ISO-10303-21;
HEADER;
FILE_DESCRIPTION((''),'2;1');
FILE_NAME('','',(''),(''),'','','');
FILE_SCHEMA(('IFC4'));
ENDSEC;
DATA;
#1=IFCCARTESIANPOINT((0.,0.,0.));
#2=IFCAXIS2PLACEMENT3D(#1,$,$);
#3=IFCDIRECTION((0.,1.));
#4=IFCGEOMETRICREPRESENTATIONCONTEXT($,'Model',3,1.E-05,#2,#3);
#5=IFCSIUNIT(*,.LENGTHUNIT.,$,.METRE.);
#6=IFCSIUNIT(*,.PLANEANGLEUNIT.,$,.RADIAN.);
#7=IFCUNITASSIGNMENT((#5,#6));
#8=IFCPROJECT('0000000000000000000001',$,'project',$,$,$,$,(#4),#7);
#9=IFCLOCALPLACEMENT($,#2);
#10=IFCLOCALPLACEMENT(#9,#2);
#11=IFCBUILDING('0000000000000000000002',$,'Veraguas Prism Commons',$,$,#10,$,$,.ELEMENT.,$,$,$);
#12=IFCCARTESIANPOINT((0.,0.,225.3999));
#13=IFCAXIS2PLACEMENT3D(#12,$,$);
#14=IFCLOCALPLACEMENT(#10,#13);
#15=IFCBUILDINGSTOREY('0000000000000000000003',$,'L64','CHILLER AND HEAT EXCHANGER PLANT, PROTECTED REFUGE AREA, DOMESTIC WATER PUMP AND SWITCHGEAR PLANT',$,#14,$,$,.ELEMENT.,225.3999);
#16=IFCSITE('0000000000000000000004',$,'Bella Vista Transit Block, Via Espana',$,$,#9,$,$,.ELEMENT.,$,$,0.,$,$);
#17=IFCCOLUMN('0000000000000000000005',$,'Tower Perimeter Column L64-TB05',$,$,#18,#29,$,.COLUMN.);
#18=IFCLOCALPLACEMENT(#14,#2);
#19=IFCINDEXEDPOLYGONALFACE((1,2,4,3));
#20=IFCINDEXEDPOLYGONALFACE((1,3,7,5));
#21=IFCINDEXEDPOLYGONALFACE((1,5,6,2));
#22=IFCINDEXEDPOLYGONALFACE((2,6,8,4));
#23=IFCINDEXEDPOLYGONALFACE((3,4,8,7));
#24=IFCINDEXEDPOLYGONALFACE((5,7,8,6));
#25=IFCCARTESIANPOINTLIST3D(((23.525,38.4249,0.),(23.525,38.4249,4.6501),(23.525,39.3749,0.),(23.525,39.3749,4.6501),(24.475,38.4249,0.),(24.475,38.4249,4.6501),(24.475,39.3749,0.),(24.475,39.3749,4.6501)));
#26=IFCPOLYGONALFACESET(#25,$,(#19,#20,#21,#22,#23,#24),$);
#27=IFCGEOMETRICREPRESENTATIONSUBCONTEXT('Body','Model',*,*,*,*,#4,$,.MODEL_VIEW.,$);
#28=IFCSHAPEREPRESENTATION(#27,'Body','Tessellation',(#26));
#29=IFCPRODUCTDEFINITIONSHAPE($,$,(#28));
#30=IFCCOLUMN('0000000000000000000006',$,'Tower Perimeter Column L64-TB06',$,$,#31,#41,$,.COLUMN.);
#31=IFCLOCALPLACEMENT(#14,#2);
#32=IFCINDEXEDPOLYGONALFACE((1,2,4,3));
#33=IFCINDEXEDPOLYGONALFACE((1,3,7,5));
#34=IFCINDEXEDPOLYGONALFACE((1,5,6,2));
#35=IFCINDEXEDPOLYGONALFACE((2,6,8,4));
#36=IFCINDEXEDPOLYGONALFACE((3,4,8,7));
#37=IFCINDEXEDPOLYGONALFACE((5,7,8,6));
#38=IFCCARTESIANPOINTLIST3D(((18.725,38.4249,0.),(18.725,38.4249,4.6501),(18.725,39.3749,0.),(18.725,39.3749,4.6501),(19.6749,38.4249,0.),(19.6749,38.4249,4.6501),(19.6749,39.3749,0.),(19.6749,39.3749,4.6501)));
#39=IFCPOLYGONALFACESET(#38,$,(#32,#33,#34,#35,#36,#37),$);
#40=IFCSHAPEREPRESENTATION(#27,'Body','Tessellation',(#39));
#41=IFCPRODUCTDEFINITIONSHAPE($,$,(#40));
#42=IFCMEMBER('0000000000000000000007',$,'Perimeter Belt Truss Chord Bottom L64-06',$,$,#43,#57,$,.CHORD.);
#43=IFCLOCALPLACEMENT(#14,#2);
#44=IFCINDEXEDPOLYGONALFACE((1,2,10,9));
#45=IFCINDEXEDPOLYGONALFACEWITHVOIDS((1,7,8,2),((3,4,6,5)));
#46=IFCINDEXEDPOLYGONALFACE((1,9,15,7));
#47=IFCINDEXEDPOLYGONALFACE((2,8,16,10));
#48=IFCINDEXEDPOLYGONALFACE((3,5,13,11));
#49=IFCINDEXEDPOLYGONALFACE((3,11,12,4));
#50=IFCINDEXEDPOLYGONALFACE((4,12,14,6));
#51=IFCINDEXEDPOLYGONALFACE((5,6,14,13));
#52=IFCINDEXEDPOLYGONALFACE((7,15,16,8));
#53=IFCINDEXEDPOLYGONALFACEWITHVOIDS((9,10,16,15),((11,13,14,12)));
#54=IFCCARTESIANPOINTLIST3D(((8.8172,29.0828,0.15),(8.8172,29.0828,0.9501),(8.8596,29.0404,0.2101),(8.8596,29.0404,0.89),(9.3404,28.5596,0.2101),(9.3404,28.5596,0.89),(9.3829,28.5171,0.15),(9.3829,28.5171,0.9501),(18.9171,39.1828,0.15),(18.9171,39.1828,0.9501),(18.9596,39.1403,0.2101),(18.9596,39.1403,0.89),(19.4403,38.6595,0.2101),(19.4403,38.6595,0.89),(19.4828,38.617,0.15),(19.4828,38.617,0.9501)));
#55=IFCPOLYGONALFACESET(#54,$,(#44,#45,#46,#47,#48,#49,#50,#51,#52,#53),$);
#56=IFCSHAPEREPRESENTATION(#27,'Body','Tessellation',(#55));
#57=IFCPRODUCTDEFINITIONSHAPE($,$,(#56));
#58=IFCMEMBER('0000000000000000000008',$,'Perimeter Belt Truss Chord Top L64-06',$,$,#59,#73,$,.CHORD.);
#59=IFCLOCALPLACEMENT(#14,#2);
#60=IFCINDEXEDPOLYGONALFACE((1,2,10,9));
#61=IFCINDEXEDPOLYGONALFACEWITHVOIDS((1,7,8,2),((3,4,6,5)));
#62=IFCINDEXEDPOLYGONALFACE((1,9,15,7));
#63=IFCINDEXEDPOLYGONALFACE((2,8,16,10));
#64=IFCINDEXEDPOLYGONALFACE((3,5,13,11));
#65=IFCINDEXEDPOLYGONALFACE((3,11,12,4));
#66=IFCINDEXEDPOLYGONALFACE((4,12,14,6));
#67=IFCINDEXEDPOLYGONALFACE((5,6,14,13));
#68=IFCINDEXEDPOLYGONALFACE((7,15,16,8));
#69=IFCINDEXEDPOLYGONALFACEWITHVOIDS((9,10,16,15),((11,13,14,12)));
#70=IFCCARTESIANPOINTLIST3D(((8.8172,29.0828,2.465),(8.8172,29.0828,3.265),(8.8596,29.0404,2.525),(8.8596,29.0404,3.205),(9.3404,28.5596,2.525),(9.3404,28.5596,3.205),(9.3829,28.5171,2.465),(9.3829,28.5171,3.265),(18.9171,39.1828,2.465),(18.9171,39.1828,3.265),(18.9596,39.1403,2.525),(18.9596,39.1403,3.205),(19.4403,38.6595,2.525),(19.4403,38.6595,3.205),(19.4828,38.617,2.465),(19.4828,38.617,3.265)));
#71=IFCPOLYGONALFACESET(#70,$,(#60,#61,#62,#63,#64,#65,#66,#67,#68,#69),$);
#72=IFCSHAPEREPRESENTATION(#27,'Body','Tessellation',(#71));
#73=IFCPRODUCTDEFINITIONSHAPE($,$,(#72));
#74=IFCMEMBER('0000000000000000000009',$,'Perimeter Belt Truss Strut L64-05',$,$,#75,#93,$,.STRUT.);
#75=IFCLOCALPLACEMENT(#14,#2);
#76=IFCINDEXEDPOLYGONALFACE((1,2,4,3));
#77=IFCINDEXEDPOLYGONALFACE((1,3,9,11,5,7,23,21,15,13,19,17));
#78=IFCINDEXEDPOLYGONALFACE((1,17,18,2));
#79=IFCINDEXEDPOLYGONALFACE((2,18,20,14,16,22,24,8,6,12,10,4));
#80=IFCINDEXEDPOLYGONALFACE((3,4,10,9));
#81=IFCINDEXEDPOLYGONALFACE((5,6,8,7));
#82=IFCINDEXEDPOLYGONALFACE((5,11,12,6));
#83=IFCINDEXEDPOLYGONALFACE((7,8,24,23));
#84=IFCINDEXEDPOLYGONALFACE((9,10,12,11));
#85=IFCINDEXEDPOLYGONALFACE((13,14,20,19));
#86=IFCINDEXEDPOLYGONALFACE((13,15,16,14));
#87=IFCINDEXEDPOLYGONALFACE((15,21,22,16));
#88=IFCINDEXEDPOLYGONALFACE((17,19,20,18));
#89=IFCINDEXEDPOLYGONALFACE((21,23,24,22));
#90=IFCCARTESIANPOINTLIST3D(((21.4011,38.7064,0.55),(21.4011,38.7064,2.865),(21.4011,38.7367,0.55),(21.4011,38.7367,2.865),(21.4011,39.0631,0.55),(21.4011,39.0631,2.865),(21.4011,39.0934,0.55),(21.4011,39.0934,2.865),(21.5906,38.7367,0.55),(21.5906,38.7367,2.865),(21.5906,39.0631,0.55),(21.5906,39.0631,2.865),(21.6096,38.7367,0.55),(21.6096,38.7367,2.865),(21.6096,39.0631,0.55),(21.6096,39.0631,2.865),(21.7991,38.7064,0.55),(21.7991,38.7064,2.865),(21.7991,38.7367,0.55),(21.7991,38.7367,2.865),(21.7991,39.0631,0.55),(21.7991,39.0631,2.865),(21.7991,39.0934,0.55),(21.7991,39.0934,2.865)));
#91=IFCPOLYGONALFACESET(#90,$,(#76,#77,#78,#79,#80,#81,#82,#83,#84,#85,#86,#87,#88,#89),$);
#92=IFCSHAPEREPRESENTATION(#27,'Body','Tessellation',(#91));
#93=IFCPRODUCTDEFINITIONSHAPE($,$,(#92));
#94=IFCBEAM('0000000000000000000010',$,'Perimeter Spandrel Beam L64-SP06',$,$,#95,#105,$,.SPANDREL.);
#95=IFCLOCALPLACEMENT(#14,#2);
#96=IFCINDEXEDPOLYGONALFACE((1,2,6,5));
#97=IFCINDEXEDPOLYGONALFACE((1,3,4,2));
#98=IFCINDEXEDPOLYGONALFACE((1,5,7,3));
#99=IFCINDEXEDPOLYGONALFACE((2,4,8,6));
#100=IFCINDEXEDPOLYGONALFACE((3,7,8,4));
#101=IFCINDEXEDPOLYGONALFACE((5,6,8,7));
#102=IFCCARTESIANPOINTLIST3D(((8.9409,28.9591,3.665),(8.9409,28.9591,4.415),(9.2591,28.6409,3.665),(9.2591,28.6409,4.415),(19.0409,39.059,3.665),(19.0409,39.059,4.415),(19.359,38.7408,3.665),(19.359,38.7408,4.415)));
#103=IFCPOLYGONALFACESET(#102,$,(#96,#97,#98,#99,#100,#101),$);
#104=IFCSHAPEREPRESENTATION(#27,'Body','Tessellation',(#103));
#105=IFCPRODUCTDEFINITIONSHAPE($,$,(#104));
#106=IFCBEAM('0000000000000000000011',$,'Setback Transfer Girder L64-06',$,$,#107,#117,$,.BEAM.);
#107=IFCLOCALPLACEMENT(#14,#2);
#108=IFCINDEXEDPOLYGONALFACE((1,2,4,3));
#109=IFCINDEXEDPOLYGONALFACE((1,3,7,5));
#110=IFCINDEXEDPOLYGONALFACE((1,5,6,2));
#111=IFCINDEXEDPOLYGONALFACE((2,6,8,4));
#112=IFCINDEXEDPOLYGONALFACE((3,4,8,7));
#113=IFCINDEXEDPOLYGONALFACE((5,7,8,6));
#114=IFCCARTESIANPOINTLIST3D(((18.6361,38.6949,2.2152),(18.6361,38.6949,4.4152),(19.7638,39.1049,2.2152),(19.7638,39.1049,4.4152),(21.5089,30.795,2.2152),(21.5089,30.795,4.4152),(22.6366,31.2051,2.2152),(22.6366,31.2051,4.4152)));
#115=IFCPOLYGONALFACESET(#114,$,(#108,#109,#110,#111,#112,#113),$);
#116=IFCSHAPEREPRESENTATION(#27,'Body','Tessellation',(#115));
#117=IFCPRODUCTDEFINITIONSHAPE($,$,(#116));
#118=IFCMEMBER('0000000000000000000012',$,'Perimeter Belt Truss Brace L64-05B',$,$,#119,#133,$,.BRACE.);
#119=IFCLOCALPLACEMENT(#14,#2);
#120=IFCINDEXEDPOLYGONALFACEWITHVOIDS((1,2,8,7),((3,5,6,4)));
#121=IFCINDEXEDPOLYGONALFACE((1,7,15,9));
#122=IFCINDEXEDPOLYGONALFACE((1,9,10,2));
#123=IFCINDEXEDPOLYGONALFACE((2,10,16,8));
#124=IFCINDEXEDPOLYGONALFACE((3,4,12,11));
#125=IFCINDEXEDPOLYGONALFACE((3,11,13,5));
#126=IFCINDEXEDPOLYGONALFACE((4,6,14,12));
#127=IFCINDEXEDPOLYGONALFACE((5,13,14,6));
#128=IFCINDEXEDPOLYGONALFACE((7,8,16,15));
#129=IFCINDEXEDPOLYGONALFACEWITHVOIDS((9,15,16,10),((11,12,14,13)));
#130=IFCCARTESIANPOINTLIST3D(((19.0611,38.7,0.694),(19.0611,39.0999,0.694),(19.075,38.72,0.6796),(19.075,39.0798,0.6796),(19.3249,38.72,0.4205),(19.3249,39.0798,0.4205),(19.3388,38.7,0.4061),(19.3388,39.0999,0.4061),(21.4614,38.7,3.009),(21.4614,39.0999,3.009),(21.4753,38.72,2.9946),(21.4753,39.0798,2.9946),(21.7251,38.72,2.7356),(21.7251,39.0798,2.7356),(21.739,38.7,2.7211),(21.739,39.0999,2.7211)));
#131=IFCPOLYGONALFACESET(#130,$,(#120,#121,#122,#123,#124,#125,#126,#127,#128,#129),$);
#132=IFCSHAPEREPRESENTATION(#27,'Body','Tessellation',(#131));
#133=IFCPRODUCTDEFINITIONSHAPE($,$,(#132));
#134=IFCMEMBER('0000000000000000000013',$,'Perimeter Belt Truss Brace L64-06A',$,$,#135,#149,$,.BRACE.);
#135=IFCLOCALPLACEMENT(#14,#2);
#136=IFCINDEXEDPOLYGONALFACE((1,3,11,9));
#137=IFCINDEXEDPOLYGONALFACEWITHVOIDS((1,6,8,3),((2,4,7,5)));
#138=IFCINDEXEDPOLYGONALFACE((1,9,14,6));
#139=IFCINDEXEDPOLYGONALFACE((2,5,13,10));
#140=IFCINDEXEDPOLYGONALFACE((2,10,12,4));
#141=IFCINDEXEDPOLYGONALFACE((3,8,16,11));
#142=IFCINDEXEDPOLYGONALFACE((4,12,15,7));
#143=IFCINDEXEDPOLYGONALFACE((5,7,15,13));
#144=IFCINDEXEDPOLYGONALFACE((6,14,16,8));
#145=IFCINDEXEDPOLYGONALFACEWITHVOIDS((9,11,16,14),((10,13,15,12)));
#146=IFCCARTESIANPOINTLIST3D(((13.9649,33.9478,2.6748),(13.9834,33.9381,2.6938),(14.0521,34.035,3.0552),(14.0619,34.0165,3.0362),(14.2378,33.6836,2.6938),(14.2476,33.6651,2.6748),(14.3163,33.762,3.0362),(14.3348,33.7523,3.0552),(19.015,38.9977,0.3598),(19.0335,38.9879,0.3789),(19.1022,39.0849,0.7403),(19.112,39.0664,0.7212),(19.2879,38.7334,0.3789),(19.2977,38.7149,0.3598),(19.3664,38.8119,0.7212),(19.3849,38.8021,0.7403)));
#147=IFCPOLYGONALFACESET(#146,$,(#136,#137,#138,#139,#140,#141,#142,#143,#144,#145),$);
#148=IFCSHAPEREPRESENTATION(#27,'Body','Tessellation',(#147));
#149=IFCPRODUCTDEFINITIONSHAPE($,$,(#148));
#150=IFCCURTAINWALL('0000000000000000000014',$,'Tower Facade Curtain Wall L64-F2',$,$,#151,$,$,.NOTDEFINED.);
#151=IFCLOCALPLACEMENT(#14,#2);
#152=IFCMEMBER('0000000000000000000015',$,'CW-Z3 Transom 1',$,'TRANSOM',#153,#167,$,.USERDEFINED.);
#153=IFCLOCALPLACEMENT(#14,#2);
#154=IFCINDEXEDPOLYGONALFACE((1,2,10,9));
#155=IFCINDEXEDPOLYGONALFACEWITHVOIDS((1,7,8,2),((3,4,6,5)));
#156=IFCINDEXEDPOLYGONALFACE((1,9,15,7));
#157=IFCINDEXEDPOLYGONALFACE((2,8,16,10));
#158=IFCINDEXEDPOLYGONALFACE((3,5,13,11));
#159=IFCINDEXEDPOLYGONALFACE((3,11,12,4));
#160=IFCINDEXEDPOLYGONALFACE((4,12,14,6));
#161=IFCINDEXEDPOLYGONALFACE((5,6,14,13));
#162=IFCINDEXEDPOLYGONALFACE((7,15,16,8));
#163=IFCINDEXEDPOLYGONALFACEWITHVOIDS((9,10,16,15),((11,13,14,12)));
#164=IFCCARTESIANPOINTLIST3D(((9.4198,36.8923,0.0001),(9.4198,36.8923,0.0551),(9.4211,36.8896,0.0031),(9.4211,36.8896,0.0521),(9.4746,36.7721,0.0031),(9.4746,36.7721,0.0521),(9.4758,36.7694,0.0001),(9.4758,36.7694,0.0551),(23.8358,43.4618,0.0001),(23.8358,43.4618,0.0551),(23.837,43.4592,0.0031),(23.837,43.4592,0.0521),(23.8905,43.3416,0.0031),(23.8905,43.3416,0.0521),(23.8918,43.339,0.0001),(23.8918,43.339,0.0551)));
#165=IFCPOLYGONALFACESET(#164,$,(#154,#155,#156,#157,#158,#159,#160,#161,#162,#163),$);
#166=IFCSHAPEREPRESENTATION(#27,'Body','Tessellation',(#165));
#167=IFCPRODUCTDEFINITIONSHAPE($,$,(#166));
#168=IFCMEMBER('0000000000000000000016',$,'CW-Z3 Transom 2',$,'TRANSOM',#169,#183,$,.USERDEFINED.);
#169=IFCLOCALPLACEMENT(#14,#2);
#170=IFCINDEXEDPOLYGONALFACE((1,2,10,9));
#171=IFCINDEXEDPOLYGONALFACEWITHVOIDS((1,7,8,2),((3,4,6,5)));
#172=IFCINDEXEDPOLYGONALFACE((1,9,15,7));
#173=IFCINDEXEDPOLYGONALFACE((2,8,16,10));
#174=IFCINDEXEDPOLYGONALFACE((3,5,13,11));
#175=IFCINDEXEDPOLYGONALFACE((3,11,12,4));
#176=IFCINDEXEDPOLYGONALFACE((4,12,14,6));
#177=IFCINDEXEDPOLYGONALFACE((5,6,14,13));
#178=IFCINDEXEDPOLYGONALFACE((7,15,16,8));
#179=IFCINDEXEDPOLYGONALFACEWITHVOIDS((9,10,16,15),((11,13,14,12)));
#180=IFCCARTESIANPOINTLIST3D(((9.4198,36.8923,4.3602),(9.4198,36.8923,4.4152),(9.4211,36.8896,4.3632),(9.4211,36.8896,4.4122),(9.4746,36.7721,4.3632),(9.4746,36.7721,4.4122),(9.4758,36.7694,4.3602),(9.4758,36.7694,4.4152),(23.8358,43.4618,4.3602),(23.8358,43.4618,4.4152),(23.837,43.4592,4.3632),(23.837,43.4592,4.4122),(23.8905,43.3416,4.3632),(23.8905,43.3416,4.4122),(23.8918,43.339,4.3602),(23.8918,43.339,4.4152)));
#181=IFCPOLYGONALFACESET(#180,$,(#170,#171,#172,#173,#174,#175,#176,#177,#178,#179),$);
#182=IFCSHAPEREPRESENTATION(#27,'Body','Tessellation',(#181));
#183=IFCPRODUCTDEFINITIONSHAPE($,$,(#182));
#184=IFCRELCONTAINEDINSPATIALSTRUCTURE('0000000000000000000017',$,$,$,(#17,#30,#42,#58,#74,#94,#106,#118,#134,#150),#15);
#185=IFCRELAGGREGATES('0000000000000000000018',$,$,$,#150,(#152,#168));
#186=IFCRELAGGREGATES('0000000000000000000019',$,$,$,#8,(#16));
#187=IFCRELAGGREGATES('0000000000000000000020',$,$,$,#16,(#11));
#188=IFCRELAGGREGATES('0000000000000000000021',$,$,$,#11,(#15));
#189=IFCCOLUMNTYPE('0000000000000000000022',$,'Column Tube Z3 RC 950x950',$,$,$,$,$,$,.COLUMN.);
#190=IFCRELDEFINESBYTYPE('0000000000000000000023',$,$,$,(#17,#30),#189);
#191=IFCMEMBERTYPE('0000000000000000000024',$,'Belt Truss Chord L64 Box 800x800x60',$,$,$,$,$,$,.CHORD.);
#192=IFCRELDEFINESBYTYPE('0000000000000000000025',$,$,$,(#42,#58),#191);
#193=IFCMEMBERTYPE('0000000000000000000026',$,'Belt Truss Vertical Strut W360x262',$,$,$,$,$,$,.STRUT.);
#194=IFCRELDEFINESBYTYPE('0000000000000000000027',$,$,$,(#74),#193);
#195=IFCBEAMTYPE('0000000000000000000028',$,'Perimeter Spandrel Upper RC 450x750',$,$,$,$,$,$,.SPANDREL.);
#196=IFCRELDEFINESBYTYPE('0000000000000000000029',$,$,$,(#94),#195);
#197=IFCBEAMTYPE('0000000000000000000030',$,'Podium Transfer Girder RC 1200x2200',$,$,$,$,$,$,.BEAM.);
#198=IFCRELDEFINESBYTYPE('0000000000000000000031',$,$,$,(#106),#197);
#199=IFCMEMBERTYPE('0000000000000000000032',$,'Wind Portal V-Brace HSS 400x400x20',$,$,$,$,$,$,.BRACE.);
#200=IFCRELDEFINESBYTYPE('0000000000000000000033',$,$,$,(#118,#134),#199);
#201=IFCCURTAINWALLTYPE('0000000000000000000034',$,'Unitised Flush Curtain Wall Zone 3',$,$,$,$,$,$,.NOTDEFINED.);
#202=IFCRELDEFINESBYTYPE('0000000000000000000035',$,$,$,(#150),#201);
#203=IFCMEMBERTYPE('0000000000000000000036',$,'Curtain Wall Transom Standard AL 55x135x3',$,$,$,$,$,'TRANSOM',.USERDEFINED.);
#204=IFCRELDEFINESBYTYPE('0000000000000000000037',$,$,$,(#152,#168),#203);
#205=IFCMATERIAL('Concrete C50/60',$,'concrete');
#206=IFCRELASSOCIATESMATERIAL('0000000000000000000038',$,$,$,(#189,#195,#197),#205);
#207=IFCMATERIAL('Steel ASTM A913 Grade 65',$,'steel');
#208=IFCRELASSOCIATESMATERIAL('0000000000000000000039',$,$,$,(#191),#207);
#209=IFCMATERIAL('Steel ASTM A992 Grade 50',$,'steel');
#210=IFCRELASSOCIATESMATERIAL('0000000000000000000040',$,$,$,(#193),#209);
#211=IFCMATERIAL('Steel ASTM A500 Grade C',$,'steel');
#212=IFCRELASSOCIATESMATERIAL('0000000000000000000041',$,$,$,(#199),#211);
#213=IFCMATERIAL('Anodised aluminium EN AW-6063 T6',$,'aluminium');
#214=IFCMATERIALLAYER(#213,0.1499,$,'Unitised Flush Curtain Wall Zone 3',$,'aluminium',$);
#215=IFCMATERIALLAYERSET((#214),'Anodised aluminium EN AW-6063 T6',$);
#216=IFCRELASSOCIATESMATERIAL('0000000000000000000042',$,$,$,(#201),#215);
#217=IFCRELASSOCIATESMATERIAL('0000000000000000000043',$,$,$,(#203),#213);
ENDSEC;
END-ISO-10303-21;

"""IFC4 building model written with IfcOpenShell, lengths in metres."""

from ifc_helpers import new_model, si_unit, direction, frame, origin, origin_2d, place, context, subcontext, project, spatial, rectangle, hollow_rectangle, i_section, extrude, source, transform, mapped, material, layer, layer_set, material_profile, profile_set, type_object, element, aggregate, save


model = new_model("IFC4")

# Units and contexts
model_context = context("Model", 3, precision=1e-05, world=origin(), true_north=direction((0.0, 1.0)))
body_context = subcontext(model_context, "Body", "Model", "MODEL_VIEW")
ifc_project = project(units=[si_unit("LENGTHUNIT", "METRE"), si_unit("PLANEANGLEUNIT", "RADIAN")], contexts=[model_context])

# Site, building, storey
site_placement = place(None, origin())
site = spatial("IfcSite", under=ifc_project, at=site_placement, Name="Bella Vista Transit Block, Via Espana", CompositionType="ELEMENT", RefElevation=0.0)
building_placement = place(site_placement, origin())
building = spatial("IfcBuilding", under=site, at=building_placement, Name="Veraguas Prism Commons", CompositionType="ELEMENT")
storey_placement = place(building_placement, frame((0.0, 0.0, 225.3999)))
storey = spatial("IfcBuildingStorey", under=building, at=storey_placement, Name="L64", Description="CHILLER AND HEAT EXCHANGER PLANT, PROTECTED REFUGE AREA, DOMESTIC WATER PUMP AND SWITCHGEAR PLANT", CompositionType="ELEMENT", Elevation=225.3999)

# Columns
ifc_material_1 = material(Name="Concrete C50/60", Category="concrete")
ifc_material_profile_1 = material_profile(ifc_material_1, rectangle(XDim=0.95, YDim=0.95, at=origin_2d()), Name="RC950X950")
ifc_profile_set_1 = profile_set([ifc_material_profile_1], Name="Concrete C50/60")
column_type = type_object("IfcColumnType", Name="Column Tube Z3 RC 950x950", PredefinedType="COLUMN", material=ifc_profile_set_1)
for number, where, z_axis, x_axis, name in (
    (1, (24.0, 38.8999, 0.0), (0.0, 0.0, 1.0), (1.0, 0.0, 0.0), "Tower Perimeter Column L64-TB05"),
    (2, (19.2, 38.8999, 0.0), (0.0, 0.0, 1.0), (1.0, 0.0, 0.0), "Tower Perimeter Column L64-TB06"),
):
    element("IfcColumn", number, at=place(storey_placement, frame(where, z_axis=z_axis, x_axis=x_axis)), inside=storey, type_object=column_type, Name=name, PredefinedType="COLUMN", context=body_context, shape_type="SweptSolid", body=[
        extrude(rectangle(XDim=0.95, YDim=0.95, at=origin_2d()), origin(), (0.0, 0.0, 1.0), 4.6501),
    ])

# Members
ifc_material_2 = material(Name="Steel ASTM A913 Grade 65", Category="steel")
ifc_material_profile_2 = material_profile(ifc_material_2, hollow_rectangle(XDim=0.8, YDim=0.8, WallThickness=0.0601, at=origin_2d()), Name="BOX800X800X60")
ifc_profile_set_2 = profile_set([ifc_material_profile_2], Name="Steel ASTM A913 Grade 65")
member_type_1 = type_object("IfcMemberType", Name="Belt Truss Chord L64 Box 800x800x60", PredefinedType="CHORD", material=ifc_profile_set_2)
for number, where, z_axis, x_axis, name in (
    (3, (19.2, 38.8999, 0.55), (-0.707107, -0.707107, 0.0), (0.707107, -0.707107, 0.0), "Perimeter Belt Truss Chord Bottom L64-06"),
    (4, (19.2, 38.8999, 2.865), (-0.707107, -0.707107, 0.0), (0.707107, -0.707107, 0.0), "Perimeter Belt Truss Chord Top L64-06"),
):
    element("IfcMember", number, at=place(storey_placement, frame(where, z_axis=z_axis, x_axis=x_axis)), inside=storey, type_object=member_type_1, Name=name, PredefinedType="CHORD", context=body_context, shape_type="SweptSolid", body=[
        extrude(hollow_rectangle(XDim=0.8, YDim=0.8, WallThickness=0.0601, at=origin_2d()), origin(), (0.0, 0.0, 1.0), 14.2834),
    ])
ifc_material_3 = material(Name="Steel ASTM A992 Grade 50", Category="steel")
ifc_material_profile_3 = material_profile(ifc_material_3, i_section(OverallWidth=0.3979, OverallDepth=0.387, WebThickness=0.019, FlangeThickness=0.0303, at=origin_2d()), Name="W360X262")
ifc_profile_set_3 = profile_set([ifc_material_profile_3], Name="Steel ASTM A992 Grade 50")
member_type_2 = type_object("IfcMemberType", Name="Belt Truss Vertical Strut W360x262", PredefinedType="STRUT", material=ifc_profile_set_3)
member_1_placement = place(storey_placement, frame((21.6001, 38.8999, 0.55), z_axis=(0.0, 0.0, 1.0), x_axis=(-1.0, 0.0, 0.0)))
element("IfcMember", 5, at=member_1_placement, inside=storey, type_object=member_type_2, Name="Perimeter Belt Truss Strut L64-05", PredefinedType="STRUT", context=body_context, shape_type="SweptSolid", body=[
    extrude(i_section(OverallWidth=0.3979, OverallDepth=0.387, WebThickness=0.019, FlangeThickness=0.0303, at=origin_2d()), origin(), (0.0, 0.0, 1.0), 2.3149),
])

# Beams
ifc_material_profile_4 = material_profile(ifc_material_1, rectangle(XDim=0.45, YDim=0.75, at=origin_2d()), Name="RC450X750")
ifc_profile_set_4 = profile_set([ifc_material_profile_4], Name="Concrete C50/60")
beam_type_1 = type_object("IfcBeamType", Name="Perimeter Spandrel Upper RC 450x750", PredefinedType="SPANDREL", material=ifc_profile_set_4)
beam_1_placement = place(storey_placement, frame((19.2, 38.8999, 4.04), z_axis=(-0.707107, -0.707107, 0.0), x_axis=(0.707107, -0.707107, 0.0)))
element("IfcBeam", 6, at=beam_1_placement, inside=storey, type_object=beam_type_1, Name="Perimeter Spandrel Beam L64-SP06", PredefinedType="SPANDREL", context=body_context, shape_type="SweptSolid", body=[
    extrude(rectangle(XDim=0.45, YDim=0.75, at=origin_2d()), origin(), (0.0, 0.0, 1.0), 14.2834),
])
ifc_material_profile_5 = material_profile(ifc_material_1, rectangle(XDim=1.2, YDim=2.2, at=origin_2d()), Name="RC1200X2200")
ifc_profile_set_5 = profile_set([ifc_material_profile_5], Name="Concrete C50/60")
beam_type_2 = type_object("IfcBeamType", Name="Podium Transfer Girder RC 1200x2200", PredefinedType="BEAM", material=ifc_profile_set_5)
beam_2_placement = place(storey_placement, frame((19.2, 38.8999, 3.3152), z_axis=(0.341755, -0.939789, 0.0), x_axis=(0.939789, 0.341755, 0.0)))
element("IfcBeam", 7, at=beam_2_placement, inside=storey, type_object=beam_type_2, Name="Setback Transfer Girder L64-06", PredefinedType="BEAM", context=body_context, shape_type="SweptSolid", body=[
    extrude(rectangle(XDim=1.2, YDim=2.2, at=origin_2d()), origin(), (0.0, 0.0, 1.0), 8.406),
])

# Members
ifc_material_4 = material(Name="Steel ASTM A500 Grade C", Category="steel")
ifc_material_profile_6 = material_profile(ifc_material_4, hollow_rectangle(XDim=0.3999, YDim=0.3999, WallThickness=0.02, at=origin_2d()), Name="HSS400X400X20")
ifc_profile_set_6 = profile_set([ifc_material_profile_6], Name="Steel ASTM A500 Grade C")
member_type_3 = type_object("IfcMemberType", Name="Wind Portal V-Brace HSS 400x400x20", PredefinedType="BRACE", material=ifc_profile_set_6)
member_2_placement = place(storey_placement, frame((19.2, 38.8999, 0.55), z_axis=(0.719767, 0.0, 0.694216), x_axis=(0.0, 1.0, 0.0)))
element("IfcMember", 8, at=member_2_placement, inside=storey, type_object=member_type_3, Name="Perimeter Belt Truss Brace L64-05B", PredefinedType="BRACE", context=body_context, shape_type="SweptSolid", body=[
    extrude(hollow_rectangle(XDim=0.3999, YDim=0.3999, WallThickness=0.02, at=origin_2d()), origin(), (0.0, 0.0, 1.0), 3.3347),
])
member_3_placement = place(storey_placement, frame((19.2, 38.8999, 0.55), z_axis=(-0.672668, -0.672635, 0.308351), x_axis=(0.70709, -0.707124, 0.0)))
element("IfcMember", 9, at=member_3_placement, inside=storey, type_object=member_type_3, Name="Perimeter Belt Truss Brace L64-06A", PredefinedType="BRACE", context=body_context, shape_type="SweptSolid", body=[
    extrude(hollow_rectangle(XDim=0.3999, YDim=0.3999, WallThickness=0.02, at=origin_2d()), origin(), (0.0, 0.0, 1.0), 7.5076),
])

# Curtain wall, members
ifc_material_5 = material(Name="Anodised aluminium EN AW-6063 T6", Category="aluminium")
ifc_layer_1 = layer(ifc_material_5, 0.1499, Name="Unitised Flush Curtain Wall Zone 3", Category="aluminium")
ifc_layer_set_1 = layer_set([ifc_layer_1], Name="Anodised aluminium EN AW-6063 T6")
curtain_wall_type = type_object("IfcCurtainWallType", Name="Unitised Flush Curtain Wall Zone 3", PredefinedType="NOTDEFINED", material=ifc_layer_set_1)
curtain_wall_placement = place(storey_placement, origin())
curtain_wall = element("IfcCurtainWall", 10, at=curtain_wall_placement, inside=storey, type_object=curtain_wall_type, Name="Tower Facade Curtain Wall L64-F2", PredefinedType="NOTDEFINED")
ifc_material_profile_7 = material_profile(ifc_material_5, hollow_rectangle(XDim=0.0549, YDim=0.135, WallThickness=0.0029, at=origin_2d()), Name="AL55X135X3")
ifc_profile_set_7 = profile_set([ifc_material_profile_7], Name="Anodised aluminium EN AW-6063 T6")
member_type_4 = type_object("IfcMemberType", Name="Curtain Wall Transom Standard AL 55x135x3", ElementType="TRANSOM", PredefinedType="USERDEFINED", material=ifc_profile_set_7)
shared_shape_1 = source(origin(), body_context, "Body", "SweptSolid", [
    extrude(hollow_rectangle(XDim=0.0549, YDim=0.135, WallThickness=0.0029, at=origin_2d()), origin(), (0.0, 0.0, 1.0), 15.8423),
])
member_4_placement = place(storey_placement, frame((23.8638, 43.4004, 0.0276), z_axis=(-0.909965, -0.414684, 0.0), x_axis=(0.0, 0.0, 1.0)))
member_4 = element("IfcMember", 11, at=member_4_placement, type_object=member_type_4, Name="CW-Z3 Transom 1", ObjectType="TRANSOM", PredefinedType="USERDEFINED", context=body_context, shape_type="MappedRepresentation", body=[
    mapped(shared_shape_1, transform((0.0, 0.0, 0.0), scale=1.0)),
])
member_5_placement = place(storey_placement, frame((23.8638, 43.4004, 4.3877), z_axis=(-0.909965, -0.414684, 0.0), x_axis=(0.0, 0.0, 1.0)))
member_5 = element("IfcMember", 12, at=member_5_placement, type_object=member_type_4, Name="CW-Z3 Transom 2", ObjectType="TRANSOM", PredefinedType="USERDEFINED", context=body_context, shape_type="MappedRepresentation", body=[
    mapped(shared_shape_1, transform((0.0, 0.0, 0.0), scale=1.0)),
])

aggregate(curtain_wall, [member_4, member_5])

save(model, "model.ifc")
